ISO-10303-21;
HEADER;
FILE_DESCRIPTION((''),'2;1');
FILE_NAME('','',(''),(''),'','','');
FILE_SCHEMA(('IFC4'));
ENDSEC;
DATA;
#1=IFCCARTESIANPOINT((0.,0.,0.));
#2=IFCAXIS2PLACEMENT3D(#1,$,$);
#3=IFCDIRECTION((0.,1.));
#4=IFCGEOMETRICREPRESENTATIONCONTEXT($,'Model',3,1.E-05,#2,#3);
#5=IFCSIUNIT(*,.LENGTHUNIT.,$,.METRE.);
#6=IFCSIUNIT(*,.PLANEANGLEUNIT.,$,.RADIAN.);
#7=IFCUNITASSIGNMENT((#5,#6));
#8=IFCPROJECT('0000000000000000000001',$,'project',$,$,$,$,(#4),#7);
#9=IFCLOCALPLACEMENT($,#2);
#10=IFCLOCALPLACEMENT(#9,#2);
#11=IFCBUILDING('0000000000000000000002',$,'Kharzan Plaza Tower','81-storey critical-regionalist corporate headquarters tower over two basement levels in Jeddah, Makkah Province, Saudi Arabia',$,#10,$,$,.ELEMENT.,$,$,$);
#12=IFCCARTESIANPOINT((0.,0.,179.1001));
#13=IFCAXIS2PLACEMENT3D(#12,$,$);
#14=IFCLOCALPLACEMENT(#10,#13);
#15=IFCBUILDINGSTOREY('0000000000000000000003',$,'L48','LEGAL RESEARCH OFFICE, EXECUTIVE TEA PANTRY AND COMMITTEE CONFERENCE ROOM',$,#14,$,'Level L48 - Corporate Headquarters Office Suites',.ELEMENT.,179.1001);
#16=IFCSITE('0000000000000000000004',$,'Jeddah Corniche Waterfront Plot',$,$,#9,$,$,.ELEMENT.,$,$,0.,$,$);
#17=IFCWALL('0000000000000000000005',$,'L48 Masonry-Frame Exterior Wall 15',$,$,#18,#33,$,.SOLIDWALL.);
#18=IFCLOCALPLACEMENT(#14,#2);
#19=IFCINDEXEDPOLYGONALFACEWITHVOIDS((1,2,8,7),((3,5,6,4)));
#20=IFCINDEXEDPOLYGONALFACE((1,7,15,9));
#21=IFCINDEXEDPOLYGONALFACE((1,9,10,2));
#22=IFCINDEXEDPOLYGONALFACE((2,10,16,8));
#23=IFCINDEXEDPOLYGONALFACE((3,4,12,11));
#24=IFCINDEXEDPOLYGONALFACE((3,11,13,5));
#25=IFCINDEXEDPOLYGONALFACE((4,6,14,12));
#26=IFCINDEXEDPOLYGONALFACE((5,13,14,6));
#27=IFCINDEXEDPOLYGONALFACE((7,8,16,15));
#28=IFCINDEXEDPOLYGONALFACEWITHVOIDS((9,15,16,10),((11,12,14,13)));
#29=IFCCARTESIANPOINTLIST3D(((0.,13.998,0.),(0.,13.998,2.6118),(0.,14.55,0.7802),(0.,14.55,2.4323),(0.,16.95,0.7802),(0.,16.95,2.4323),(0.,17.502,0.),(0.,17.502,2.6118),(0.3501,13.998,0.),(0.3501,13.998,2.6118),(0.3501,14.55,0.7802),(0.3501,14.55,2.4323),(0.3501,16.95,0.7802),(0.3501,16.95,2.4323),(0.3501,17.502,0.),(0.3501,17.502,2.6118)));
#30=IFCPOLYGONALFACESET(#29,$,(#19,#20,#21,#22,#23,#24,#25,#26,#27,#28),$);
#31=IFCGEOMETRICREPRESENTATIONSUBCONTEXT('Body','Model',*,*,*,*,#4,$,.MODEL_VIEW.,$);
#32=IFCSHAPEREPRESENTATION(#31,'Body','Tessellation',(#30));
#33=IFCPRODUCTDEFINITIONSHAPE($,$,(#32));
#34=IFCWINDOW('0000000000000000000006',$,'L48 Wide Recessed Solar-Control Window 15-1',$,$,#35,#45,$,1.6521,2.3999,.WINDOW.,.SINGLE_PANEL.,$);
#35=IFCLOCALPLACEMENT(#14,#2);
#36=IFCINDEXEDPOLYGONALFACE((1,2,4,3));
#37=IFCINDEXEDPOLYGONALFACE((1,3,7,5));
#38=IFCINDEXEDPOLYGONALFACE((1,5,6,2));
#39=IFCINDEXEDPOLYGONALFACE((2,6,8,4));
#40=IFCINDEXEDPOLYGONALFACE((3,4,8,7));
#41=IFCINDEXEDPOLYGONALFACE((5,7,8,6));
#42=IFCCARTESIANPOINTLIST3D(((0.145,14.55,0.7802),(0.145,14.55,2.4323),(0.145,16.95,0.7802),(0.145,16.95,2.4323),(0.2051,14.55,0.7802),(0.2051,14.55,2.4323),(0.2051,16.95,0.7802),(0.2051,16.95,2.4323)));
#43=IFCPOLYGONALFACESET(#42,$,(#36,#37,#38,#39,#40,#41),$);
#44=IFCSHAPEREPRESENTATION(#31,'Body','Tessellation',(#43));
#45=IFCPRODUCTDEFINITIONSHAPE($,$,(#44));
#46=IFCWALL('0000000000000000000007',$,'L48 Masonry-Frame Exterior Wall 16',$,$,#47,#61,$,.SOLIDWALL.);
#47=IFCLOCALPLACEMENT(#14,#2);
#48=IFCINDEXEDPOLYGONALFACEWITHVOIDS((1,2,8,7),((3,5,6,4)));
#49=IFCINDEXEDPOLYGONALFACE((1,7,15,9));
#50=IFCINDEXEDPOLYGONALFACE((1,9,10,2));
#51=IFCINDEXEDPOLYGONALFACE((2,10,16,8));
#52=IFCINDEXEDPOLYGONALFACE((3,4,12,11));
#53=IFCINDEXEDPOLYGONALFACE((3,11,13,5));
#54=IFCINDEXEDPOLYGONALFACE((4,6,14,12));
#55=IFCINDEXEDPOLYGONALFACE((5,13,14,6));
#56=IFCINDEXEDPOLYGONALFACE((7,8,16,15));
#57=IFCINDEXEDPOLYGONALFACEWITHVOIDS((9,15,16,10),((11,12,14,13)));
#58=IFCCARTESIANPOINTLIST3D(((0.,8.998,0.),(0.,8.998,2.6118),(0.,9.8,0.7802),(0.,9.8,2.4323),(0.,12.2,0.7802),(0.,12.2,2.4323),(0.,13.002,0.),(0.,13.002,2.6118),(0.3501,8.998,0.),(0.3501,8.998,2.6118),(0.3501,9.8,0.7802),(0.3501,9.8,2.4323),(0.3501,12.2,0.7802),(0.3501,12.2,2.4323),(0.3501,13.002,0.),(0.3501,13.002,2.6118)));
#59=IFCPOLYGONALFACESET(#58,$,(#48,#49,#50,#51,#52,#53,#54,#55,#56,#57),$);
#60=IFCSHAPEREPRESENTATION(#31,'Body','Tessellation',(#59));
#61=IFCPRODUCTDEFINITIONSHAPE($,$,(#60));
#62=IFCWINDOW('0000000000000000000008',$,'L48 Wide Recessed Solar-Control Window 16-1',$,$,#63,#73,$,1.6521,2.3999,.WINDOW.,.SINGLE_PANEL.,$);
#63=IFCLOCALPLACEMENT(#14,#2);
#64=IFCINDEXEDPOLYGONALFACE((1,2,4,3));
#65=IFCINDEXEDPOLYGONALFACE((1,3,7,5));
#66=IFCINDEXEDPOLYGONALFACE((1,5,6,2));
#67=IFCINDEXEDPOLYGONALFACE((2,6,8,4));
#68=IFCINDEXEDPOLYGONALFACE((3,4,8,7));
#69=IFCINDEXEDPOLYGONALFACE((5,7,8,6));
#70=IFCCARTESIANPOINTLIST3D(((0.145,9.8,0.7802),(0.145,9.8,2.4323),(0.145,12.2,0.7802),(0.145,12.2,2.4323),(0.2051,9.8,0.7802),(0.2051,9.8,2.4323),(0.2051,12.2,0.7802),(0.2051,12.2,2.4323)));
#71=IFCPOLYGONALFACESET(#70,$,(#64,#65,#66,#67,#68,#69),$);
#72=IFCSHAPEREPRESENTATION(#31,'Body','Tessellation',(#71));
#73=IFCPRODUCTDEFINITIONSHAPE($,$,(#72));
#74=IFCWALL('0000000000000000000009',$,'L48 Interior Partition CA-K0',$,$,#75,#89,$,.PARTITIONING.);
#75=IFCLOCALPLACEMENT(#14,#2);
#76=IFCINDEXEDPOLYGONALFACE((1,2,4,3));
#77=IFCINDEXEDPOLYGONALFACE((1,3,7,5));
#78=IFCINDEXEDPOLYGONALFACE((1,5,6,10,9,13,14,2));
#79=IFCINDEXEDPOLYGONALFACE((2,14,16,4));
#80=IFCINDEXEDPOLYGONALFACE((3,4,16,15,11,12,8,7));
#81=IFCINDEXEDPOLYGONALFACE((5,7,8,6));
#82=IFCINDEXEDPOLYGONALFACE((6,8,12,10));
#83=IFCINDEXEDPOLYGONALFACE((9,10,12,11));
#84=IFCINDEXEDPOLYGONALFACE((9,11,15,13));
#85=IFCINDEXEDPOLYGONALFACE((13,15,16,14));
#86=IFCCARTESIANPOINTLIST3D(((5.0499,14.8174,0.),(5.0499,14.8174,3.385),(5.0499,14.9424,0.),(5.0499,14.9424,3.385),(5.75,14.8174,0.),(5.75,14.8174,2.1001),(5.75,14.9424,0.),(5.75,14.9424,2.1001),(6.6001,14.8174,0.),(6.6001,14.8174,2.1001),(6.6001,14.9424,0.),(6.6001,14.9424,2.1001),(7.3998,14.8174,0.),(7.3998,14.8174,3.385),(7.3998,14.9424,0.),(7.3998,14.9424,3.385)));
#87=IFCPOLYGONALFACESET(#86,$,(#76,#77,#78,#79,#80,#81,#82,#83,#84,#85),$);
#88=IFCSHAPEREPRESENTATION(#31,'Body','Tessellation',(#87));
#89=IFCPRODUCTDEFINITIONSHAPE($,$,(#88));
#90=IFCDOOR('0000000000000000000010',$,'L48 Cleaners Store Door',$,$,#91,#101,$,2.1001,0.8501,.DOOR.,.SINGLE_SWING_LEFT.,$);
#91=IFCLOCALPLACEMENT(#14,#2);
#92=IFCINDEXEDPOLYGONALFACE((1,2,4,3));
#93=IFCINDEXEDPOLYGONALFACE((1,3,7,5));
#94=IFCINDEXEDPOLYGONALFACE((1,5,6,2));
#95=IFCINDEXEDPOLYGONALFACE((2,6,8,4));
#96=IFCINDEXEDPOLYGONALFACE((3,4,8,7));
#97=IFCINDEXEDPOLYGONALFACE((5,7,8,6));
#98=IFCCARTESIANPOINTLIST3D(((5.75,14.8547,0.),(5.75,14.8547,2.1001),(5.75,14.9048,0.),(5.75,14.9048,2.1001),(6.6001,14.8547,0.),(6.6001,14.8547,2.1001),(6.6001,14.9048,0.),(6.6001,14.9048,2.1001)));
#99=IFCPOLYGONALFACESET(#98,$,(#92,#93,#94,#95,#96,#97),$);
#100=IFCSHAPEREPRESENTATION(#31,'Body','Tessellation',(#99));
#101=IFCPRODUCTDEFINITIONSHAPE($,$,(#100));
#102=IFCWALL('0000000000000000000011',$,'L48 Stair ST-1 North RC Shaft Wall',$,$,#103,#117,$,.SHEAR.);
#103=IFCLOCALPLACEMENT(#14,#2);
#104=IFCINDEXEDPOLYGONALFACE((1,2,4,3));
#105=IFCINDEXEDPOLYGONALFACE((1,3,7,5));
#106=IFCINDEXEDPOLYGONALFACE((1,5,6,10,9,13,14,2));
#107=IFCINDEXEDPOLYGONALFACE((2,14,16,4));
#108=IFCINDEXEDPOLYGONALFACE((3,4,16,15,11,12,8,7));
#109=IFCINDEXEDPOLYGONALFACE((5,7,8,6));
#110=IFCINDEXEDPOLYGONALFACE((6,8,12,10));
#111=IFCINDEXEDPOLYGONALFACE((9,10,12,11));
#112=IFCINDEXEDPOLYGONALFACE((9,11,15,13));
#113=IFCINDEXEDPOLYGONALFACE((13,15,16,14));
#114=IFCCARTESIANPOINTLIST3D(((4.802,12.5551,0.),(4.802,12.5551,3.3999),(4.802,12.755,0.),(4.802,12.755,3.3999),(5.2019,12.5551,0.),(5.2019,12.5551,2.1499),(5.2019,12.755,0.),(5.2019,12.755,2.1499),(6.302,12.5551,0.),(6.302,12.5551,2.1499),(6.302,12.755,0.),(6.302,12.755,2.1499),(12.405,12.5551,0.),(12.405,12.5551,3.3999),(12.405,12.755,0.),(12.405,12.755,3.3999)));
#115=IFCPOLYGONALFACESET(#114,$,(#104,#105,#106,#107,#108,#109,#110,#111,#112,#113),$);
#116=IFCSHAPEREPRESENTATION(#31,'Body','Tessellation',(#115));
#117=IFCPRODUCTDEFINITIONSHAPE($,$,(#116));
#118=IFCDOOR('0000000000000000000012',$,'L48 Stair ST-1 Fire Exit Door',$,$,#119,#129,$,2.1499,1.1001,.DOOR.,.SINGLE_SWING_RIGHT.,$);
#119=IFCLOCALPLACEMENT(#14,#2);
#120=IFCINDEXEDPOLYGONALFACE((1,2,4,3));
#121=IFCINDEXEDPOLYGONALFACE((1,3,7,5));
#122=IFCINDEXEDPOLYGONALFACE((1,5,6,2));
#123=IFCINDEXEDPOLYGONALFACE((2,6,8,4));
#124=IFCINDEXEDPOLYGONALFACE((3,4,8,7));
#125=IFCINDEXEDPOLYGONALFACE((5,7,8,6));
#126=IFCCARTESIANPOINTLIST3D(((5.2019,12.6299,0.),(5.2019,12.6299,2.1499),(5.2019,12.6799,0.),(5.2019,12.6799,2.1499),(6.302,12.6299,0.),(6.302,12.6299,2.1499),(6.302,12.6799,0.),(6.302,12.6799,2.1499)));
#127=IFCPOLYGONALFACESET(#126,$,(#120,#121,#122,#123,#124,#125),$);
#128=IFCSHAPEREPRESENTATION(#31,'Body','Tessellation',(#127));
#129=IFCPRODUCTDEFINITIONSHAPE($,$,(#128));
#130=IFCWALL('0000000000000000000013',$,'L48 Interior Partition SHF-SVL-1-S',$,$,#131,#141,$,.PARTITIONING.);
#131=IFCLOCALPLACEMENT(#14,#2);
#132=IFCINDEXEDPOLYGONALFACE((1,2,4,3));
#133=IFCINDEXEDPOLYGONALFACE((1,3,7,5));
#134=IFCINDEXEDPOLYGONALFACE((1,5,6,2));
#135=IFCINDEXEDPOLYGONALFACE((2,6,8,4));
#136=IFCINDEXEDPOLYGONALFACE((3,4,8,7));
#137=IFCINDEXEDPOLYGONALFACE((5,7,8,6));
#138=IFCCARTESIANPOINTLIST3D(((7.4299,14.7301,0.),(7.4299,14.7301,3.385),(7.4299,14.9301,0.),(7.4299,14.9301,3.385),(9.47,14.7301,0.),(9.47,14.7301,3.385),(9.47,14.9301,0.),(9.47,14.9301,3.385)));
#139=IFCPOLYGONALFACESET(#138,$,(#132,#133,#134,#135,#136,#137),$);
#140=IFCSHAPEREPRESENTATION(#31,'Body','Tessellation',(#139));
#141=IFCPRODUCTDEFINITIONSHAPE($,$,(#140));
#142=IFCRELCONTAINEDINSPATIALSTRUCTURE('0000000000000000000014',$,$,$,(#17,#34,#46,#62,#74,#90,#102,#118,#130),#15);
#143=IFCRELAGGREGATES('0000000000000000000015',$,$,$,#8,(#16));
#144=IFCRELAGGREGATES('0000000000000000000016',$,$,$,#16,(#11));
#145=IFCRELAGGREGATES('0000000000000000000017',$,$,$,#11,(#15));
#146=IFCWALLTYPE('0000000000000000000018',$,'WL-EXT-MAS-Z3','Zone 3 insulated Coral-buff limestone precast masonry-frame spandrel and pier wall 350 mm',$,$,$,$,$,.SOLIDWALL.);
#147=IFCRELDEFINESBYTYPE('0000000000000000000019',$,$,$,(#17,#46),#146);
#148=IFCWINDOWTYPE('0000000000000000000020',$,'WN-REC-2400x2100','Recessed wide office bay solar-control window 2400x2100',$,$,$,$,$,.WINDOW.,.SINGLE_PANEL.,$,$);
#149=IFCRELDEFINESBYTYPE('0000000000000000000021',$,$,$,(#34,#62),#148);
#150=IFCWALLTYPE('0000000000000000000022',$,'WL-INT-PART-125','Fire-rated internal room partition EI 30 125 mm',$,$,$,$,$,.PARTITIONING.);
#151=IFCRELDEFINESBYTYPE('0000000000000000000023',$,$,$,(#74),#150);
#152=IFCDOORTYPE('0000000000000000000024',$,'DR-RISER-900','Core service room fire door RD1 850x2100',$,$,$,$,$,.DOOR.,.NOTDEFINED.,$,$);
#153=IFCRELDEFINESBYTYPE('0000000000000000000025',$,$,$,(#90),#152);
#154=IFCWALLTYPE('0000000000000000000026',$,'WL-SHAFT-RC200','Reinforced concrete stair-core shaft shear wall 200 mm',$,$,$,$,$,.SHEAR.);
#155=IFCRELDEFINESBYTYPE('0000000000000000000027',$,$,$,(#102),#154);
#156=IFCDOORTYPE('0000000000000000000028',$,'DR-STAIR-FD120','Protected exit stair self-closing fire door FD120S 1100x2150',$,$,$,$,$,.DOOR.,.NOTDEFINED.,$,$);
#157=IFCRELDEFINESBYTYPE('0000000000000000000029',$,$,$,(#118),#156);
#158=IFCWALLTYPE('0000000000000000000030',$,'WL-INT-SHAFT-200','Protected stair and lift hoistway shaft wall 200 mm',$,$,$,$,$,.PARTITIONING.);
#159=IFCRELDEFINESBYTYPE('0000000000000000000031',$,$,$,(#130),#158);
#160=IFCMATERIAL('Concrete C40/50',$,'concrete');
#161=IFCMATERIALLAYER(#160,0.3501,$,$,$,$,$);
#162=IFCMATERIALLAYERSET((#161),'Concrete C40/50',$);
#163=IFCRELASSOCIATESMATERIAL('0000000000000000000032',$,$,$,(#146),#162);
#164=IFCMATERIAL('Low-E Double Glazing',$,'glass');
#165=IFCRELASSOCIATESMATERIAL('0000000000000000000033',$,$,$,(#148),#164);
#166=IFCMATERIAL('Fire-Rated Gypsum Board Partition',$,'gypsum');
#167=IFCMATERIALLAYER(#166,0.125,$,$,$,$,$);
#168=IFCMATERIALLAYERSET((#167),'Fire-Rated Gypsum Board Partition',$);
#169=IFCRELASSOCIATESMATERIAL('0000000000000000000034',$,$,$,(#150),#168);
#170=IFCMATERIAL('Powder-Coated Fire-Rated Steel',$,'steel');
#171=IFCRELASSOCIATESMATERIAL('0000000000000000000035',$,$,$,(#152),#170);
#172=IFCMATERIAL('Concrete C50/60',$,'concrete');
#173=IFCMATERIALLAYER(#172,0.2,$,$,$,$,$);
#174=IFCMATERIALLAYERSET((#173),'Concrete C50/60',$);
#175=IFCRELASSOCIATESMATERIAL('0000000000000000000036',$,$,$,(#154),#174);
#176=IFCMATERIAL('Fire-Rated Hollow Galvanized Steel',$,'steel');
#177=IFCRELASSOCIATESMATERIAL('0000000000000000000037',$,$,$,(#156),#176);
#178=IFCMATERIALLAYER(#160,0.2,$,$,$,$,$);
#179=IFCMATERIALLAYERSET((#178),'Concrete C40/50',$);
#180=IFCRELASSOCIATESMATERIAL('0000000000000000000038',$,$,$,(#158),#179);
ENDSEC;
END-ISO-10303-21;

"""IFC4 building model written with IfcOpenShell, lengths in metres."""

from ifc_helpers import new_model, si_unit, direction, frame, frame_2d, origin, place, context, subcontext, project, spatial, rectangle, extrude, source, transform, mapped, material, layer, layer_set, type_object, element, fill, save


model = new_model("IFC4")

# Units and contexts
model_context = context("Model", 3, precision=1e-05, world=origin(), true_north=direction((0.0, 1.0)))
body_context = subcontext(model_context, "Body", "Model", "MODEL_VIEW")
ifc_project = project(units=[si_unit("LENGTHUNIT", "METRE"), si_unit("PLANEANGLEUNIT", "RADIAN")], contexts=[model_context])

# Site, building, storey
site_placement = place(None, origin())
site = spatial("IfcSite", under=ifc_project, at=site_placement, Name="Jeddah Corniche Waterfront Plot", CompositionType="ELEMENT", RefElevation=0.0)
building_placement = place(site_placement, origin())
building = spatial("IfcBuilding", under=site, at=building_placement, Name="Kharzan Plaza Tower", Description="81-storey critical-regionalist corporate headquarters tower over two basement levels in Jeddah, Makkah Province, Saudi Arabia", CompositionType="ELEMENT")
storey_placement = place(building_placement, frame((0.0, 0.0, 179.1001)))
storey = spatial("IfcBuildingStorey", under=building, at=storey_placement, Name="L48", Description="LEGAL RESEARCH OFFICE, EXECUTIVE TEA PANTRY AND COMMITTEE CONFERENCE ROOM", LongName="Level L48 - Corporate Headquarters Office Suites", CompositionType="ELEMENT", Elevation=179.1001)

# Shared definitions
ifc_material_1 = material(Name="Concrete C50/60", Category="concrete")

# Walls, openings, windows
ifc_material_2 = material(Name="Concrete C40/50", Category="concrete")
ifc_layer_1 = layer(ifc_material_2, 0.3501)
ifc_layer_set_1 = layer_set([ifc_layer_1], Name="Concrete C40/50")
wall_type_1 = type_object("IfcWallType", Name="WL-EXT-MAS-Z3", Description="Zone 3 insulated Coral-buff limestone precast masonry-frame spandrel and pier wall 350 mm", PredefinedType="SOLIDWALL", material=ifc_layer_set_1)
wall_1_placement = place(storey_placement, frame((0.175, 17.502, 0.0), z_axis=(0.0, 0.0, 1.0), x_axis=(0.0, -1.0, 0.0)))
wall_1 = element("IfcWall", 1, at=wall_1_placement, inside=storey, type_object=wall_type_1, Name="L48 Masonry-Frame Exterior Wall 15", PredefinedType="SOLIDWALL", context=body_context, shape_type="SweptSolid", body=[
    extrude(rectangle(XDim=3.5039, YDim=0.3501, at=frame_2d((1.752, 0.0))), origin(), (0.0, 0.0, 1.0), 2.6118),
])
opening_1_placement = place(wall_1_placement, frame((0.552, 0.0, 0.78)))
opening_1 = element("IfcOpeningElement", 2, at=opening_1_placement, cuts=wall_1, PredefinedType="OPENING", context=body_context, shape_type="SweptSolid", body=[
    extrude(rectangle(XDim=2.3999, YDim=1.6521, at=frame_2d((1.2, 0.8262))), frame((0.0, 0.1851, 0.0), z_axis=(0.0, -1.0, 0.0), x_axis=(1.0, 0.0, 0.0)), (0.0, 0.0, 1.0), 0.3701),
])
ifc_material_3 = material(Name="Low-E Double Glazing", Category="glass")
window_type = type_object("IfcWindowType", Name="WN-REC-2400x2100", Description="Recessed wide office bay solar-control window 2400x2100", PartitioningType="SINGLE_PANEL", PredefinedType="WINDOW", material=ifc_material_3)
shared_shape_1 = source(origin(), body_context, "Body", "SweptSolid", [
    extrude(rectangle(XDim=2.3999, YDim=1.6521, at=frame_2d((1.2, 0.8262))), frame((0.0, 0.03, 0.0), z_axis=(0.0, -1.0, 0.0), x_axis=(1.0, 0.0, 0.0)), (0.0, 0.0, 1.0), 0.0601),
])
window_1_placement = place(opening_1_placement, origin())
window_1 = element("IfcWindow", 3, at=window_1_placement, inside=storey, type_object=window_type, Name="L48 Wide Recessed Solar-Control Window 15-1", OverallHeight=1.6521, OverallWidth=2.3999, PartitioningType="SINGLE_PANEL", PredefinedType="WINDOW", context=body_context, shape_type="MappedRepresentation", body=[
    mapped(shared_shape_1, transform((0.0, 0.0, 0.0), x_axis=(1.0, 0.0, 0.0), y_axis=(0.0, 1.0, 0.0), z_axis=(0.0, 0.0, 1.0))),
])
fill(opening_1, window_1)
wall_2_placement = place(storey_placement, frame((0.175, 13.002, 0.0), z_axis=(0.0, 0.0, 1.0), x_axis=(0.0, -1.0, 0.0)))
wall_2 = element("IfcWall", 4, at=wall_2_placement, inside=storey, type_object=wall_type_1, Name="L48 Masonry-Frame Exterior Wall 16", PredefinedType="SOLIDWALL", context=body_context, shape_type="SweptSolid", body=[
    extrude(rectangle(XDim=4.0039, YDim=0.3501, at=frame_2d((2.002, 0.0))), origin(), (0.0, 0.0, 1.0), 2.6118),
])
opening_2_placement = place(wall_2_placement, frame((0.802, 0.0, 0.78)))
opening_2 = element("IfcOpeningElement", 5, at=opening_2_placement, cuts=wall_2, PredefinedType="OPENING", context=body_context, shape_type="SweptSolid", body=[
    extrude(rectangle(XDim=2.3999, YDim=1.6521, at=frame_2d((1.2, 0.8262))), frame((0.0, 0.1851, 0.0), z_axis=(0.0, -1.0, 0.0), x_axis=(1.0, 0.0, 0.0)), (0.0, 0.0, 1.0), 0.3701),
])
window_2_placement = place(opening_2_placement, origin())
window_2 = element("IfcWindow", 6, at=window_2_placement, inside=storey, type_object=window_type, Name="L48 Wide Recessed Solar-Control Window 16-1", OverallHeight=1.6521, OverallWidth=2.3999, PartitioningType="SINGLE_PANEL", PredefinedType="WINDOW", context=body_context, shape_type="MappedRepresentation", body=[
    mapped(shared_shape_1, transform((0.0, 0.0, 0.0), x_axis=(1.0, 0.0, 0.0), y_axis=(0.0, 1.0, 0.0), z_axis=(0.0, 0.0, 1.0))),
])
fill(opening_2, window_2)

# Walls, openings, doors
ifc_material_4 = material(Name="Fire-Rated Gypsum Board Partition", Category="gypsum")
ifc_layer_2 = layer(ifc_material_4, 0.125)
ifc_layer_set_2 = layer_set([ifc_layer_2], Name="Fire-Rated Gypsum Board Partition")
wall_type_2 = type_object("IfcWallType", Name="WL-INT-PART-125", Description="Fire-rated internal room partition EI 30 125 mm", PredefinedType="PARTITIONING", material=ifc_layer_set_2)
wall_3_placement = place(storey_placement, frame((5.05, 14.8799, 0.0), z_axis=(0.0, 0.0, 1.0), x_axis=(1.0, 0.0, 0.0)))
wall_3 = element("IfcWall", 7, at=wall_3_placement, inside=storey, type_object=wall_type_2, Name="L48 Interior Partition CA-K0", PredefinedType="PARTITIONING", context=body_context, shape_type="SweptSolid", body=[
    extrude(rectangle(XDim=2.3499, YDim=0.125, at=frame_2d((1.1748, 0.0))), origin(), (0.0, 0.0, 1.0), 3.385),
])
opening_3_placement = place(wall_3_placement, frame((0.7, 0.0, 0.0)))
opening_3 = element("IfcOpeningElement", 8, at=opening_3_placement, cuts=wall_3, PredefinedType="OPENING", context=body_context, shape_type="SweptSolid", body=[
    extrude(rectangle(XDim=0.8501, YDim=2.1001, at=frame_2d((0.425, 1.05))), frame((0.0, 0.0725, 0.0), z_axis=(0.0, -1.0, 0.0), x_axis=(1.0, 0.0, 0.0)), (0.0, 0.0, 1.0), 0.145),
])
ifc_material_5 = material(Name="Powder-Coated Fire-Rated Steel", Category="steel")
door_type_1 = type_object("IfcDoorType", Name="DR-RISER-900", Description="Core service room fire door RD1 850x2100", OperationType="NOTDEFINED", PredefinedType="DOOR", material=ifc_material_5)
shared_shape_2 = source(origin(), body_context, "Body", "SweptSolid", [
    extrude(rectangle(XDim=0.8501, YDim=2.1001, at=frame_2d((0.425, 1.05))), frame((0.0, 0.0249, 0.0), z_axis=(0.0, -1.0, 0.0), x_axis=(1.0, 0.0, 0.0)), (0.0, 0.0, 1.0), 0.05),
])
door_1_placement = place(opening_3_placement, origin())
door_1 = element("IfcDoor", 9, at=door_1_placement, inside=storey, type_object=door_type_1, Name="L48 Cleaners Store Door", OperationType="SINGLE_SWING_LEFT", OverallHeight=2.1001, OverallWidth=0.8501, PredefinedType="DOOR", context=body_context, shape_type="MappedRepresentation", body=[
    mapped(shared_shape_2, transform((0.0, 0.0, 0.0), x_axis=(1.0, 0.0, 0.0), y_axis=(0.0, 1.0, 0.0), z_axis=(0.0, 0.0, 1.0))),
])
fill(opening_3, door_1)
ifc_layer_3 = layer(ifc_material_1, 0.2)
ifc_layer_set_3 = layer_set([ifc_layer_3], Name="Concrete C50/60")
wall_type_3 = type_object("IfcWallType", Name="WL-SHAFT-RC200", Description="Reinforced concrete stair-core shaft shear wall 200 mm", PredefinedType="SHEAR", material=ifc_layer_set_3)
wall_4_placement = place(storey_placement, frame((4.802, 12.655, 0.0), z_axis=(0.0, 0.0, 1.0), x_axis=(1.0, 0.0, 0.0)))
wall_4 = element("IfcWall", 10, at=wall_4_placement, inside=storey, type_object=wall_type_3, Name="L48 Stair ST-1 North RC Shaft Wall", PredefinedType="SHEAR", context=body_context, shape_type="SweptSolid", body=[
    extrude(rectangle(XDim=7.603, YDim=0.2, at=frame_2d((3.8015, 0.0))), origin(), (0.0, 0.0, 1.0), 3.3999),
])
opening_4_placement = place(wall_4_placement, frame((0.3999, 0.0, 0.0)))
opening_4 = element("IfcOpeningElement", 11, at=opening_4_placement, cuts=wall_4, PredefinedType="OPENING", context=body_context, shape_type="SweptSolid", body=[
    extrude(rectangle(XDim=1.1001, YDim=2.1499, at=frame_2d((0.55, 1.075))), frame((0.0, 0.1099, 0.0), z_axis=(0.0, -1.0, 0.0), x_axis=(1.0, 0.0, 0.0)), (0.0, 0.0, 1.0), 0.22),
])
ifc_material_6 = material(Name="Fire-Rated Hollow Galvanized Steel", Category="steel")
door_type_2 = type_object("IfcDoorType", Name="DR-STAIR-FD120", Description="Protected exit stair self-closing fire door FD120S 1100x2150", OperationType="NOTDEFINED", PredefinedType="DOOR", material=ifc_material_6)
shared_shape_3 = source(origin(), body_context, "Body", "SweptSolid", [
    extrude(rectangle(XDim=1.1001, YDim=2.1499, at=frame_2d((0.55, 1.075))), frame((0.0, 0.0249, 0.0), z_axis=(0.0, -1.0, 0.0), x_axis=(1.0, 0.0, 0.0)), (0.0, 0.0, 1.0), 0.05),
])
door_2_placement = place(opening_4_placement, origin())
door_2 = element("IfcDoor", 12, at=door_2_placement, inside=storey, type_object=door_type_2, Name="L48 Stair ST-1 Fire Exit Door", OperationType="SINGLE_SWING_RIGHT", OverallHeight=2.1499, OverallWidth=1.1001, PredefinedType="DOOR", context=body_context, shape_type="MappedRepresentation", body=[
    mapped(shared_shape_3, transform((0.0, 0.0, 0.0), x_axis=(1.0, 0.0, 0.0), y_axis=(0.0, 1.0, 0.0), z_axis=(0.0, 0.0, 1.0))),
])
fill(opening_4, door_2)

# Wall
ifc_layer_4 = layer(ifc_material_2, 0.2)
ifc_layer_set_4 = layer_set([ifc_layer_4], Name="Concrete C40/50")
wall_type_4 = type_object("IfcWallType", Name="WL-INT-SHAFT-200", Description="Protected stair and lift hoistway shaft wall 200 mm", PredefinedType="PARTITIONING", material=ifc_layer_set_4)
shared_shape_4 = source(origin(), body_context, "Body", "SweptSolid", [
    extrude(rectangle(XDim=2.04, YDim=0.2, at=frame_2d((1.02, 0.0))), origin(), (0.0, 0.0, 1.0), 3.385),
])
wall_5_placement = place(storey_placement, frame((7.4299, 14.8301, 0.0), z_axis=(0.0, 0.0, 1.0), x_axis=(1.0, 0.0, 0.0)))
element("IfcWall", 13, at=wall_5_placement, inside=storey, type_object=wall_type_4, Name="L48 Interior Partition SHF-SVL-1-S", PredefinedType="PARTITIONING", context=body_context, shape_type="MappedRepresentation", body=[
    mapped(shared_shape_4, transform((0.0, 0.0, 0.0), x_axis=(1.0, 0.0, 0.0), y_axis=(0.0, 1.0, 0.0), z_axis=(0.0, 0.0, 1.0))),
])

save(model, "model.ifc")
